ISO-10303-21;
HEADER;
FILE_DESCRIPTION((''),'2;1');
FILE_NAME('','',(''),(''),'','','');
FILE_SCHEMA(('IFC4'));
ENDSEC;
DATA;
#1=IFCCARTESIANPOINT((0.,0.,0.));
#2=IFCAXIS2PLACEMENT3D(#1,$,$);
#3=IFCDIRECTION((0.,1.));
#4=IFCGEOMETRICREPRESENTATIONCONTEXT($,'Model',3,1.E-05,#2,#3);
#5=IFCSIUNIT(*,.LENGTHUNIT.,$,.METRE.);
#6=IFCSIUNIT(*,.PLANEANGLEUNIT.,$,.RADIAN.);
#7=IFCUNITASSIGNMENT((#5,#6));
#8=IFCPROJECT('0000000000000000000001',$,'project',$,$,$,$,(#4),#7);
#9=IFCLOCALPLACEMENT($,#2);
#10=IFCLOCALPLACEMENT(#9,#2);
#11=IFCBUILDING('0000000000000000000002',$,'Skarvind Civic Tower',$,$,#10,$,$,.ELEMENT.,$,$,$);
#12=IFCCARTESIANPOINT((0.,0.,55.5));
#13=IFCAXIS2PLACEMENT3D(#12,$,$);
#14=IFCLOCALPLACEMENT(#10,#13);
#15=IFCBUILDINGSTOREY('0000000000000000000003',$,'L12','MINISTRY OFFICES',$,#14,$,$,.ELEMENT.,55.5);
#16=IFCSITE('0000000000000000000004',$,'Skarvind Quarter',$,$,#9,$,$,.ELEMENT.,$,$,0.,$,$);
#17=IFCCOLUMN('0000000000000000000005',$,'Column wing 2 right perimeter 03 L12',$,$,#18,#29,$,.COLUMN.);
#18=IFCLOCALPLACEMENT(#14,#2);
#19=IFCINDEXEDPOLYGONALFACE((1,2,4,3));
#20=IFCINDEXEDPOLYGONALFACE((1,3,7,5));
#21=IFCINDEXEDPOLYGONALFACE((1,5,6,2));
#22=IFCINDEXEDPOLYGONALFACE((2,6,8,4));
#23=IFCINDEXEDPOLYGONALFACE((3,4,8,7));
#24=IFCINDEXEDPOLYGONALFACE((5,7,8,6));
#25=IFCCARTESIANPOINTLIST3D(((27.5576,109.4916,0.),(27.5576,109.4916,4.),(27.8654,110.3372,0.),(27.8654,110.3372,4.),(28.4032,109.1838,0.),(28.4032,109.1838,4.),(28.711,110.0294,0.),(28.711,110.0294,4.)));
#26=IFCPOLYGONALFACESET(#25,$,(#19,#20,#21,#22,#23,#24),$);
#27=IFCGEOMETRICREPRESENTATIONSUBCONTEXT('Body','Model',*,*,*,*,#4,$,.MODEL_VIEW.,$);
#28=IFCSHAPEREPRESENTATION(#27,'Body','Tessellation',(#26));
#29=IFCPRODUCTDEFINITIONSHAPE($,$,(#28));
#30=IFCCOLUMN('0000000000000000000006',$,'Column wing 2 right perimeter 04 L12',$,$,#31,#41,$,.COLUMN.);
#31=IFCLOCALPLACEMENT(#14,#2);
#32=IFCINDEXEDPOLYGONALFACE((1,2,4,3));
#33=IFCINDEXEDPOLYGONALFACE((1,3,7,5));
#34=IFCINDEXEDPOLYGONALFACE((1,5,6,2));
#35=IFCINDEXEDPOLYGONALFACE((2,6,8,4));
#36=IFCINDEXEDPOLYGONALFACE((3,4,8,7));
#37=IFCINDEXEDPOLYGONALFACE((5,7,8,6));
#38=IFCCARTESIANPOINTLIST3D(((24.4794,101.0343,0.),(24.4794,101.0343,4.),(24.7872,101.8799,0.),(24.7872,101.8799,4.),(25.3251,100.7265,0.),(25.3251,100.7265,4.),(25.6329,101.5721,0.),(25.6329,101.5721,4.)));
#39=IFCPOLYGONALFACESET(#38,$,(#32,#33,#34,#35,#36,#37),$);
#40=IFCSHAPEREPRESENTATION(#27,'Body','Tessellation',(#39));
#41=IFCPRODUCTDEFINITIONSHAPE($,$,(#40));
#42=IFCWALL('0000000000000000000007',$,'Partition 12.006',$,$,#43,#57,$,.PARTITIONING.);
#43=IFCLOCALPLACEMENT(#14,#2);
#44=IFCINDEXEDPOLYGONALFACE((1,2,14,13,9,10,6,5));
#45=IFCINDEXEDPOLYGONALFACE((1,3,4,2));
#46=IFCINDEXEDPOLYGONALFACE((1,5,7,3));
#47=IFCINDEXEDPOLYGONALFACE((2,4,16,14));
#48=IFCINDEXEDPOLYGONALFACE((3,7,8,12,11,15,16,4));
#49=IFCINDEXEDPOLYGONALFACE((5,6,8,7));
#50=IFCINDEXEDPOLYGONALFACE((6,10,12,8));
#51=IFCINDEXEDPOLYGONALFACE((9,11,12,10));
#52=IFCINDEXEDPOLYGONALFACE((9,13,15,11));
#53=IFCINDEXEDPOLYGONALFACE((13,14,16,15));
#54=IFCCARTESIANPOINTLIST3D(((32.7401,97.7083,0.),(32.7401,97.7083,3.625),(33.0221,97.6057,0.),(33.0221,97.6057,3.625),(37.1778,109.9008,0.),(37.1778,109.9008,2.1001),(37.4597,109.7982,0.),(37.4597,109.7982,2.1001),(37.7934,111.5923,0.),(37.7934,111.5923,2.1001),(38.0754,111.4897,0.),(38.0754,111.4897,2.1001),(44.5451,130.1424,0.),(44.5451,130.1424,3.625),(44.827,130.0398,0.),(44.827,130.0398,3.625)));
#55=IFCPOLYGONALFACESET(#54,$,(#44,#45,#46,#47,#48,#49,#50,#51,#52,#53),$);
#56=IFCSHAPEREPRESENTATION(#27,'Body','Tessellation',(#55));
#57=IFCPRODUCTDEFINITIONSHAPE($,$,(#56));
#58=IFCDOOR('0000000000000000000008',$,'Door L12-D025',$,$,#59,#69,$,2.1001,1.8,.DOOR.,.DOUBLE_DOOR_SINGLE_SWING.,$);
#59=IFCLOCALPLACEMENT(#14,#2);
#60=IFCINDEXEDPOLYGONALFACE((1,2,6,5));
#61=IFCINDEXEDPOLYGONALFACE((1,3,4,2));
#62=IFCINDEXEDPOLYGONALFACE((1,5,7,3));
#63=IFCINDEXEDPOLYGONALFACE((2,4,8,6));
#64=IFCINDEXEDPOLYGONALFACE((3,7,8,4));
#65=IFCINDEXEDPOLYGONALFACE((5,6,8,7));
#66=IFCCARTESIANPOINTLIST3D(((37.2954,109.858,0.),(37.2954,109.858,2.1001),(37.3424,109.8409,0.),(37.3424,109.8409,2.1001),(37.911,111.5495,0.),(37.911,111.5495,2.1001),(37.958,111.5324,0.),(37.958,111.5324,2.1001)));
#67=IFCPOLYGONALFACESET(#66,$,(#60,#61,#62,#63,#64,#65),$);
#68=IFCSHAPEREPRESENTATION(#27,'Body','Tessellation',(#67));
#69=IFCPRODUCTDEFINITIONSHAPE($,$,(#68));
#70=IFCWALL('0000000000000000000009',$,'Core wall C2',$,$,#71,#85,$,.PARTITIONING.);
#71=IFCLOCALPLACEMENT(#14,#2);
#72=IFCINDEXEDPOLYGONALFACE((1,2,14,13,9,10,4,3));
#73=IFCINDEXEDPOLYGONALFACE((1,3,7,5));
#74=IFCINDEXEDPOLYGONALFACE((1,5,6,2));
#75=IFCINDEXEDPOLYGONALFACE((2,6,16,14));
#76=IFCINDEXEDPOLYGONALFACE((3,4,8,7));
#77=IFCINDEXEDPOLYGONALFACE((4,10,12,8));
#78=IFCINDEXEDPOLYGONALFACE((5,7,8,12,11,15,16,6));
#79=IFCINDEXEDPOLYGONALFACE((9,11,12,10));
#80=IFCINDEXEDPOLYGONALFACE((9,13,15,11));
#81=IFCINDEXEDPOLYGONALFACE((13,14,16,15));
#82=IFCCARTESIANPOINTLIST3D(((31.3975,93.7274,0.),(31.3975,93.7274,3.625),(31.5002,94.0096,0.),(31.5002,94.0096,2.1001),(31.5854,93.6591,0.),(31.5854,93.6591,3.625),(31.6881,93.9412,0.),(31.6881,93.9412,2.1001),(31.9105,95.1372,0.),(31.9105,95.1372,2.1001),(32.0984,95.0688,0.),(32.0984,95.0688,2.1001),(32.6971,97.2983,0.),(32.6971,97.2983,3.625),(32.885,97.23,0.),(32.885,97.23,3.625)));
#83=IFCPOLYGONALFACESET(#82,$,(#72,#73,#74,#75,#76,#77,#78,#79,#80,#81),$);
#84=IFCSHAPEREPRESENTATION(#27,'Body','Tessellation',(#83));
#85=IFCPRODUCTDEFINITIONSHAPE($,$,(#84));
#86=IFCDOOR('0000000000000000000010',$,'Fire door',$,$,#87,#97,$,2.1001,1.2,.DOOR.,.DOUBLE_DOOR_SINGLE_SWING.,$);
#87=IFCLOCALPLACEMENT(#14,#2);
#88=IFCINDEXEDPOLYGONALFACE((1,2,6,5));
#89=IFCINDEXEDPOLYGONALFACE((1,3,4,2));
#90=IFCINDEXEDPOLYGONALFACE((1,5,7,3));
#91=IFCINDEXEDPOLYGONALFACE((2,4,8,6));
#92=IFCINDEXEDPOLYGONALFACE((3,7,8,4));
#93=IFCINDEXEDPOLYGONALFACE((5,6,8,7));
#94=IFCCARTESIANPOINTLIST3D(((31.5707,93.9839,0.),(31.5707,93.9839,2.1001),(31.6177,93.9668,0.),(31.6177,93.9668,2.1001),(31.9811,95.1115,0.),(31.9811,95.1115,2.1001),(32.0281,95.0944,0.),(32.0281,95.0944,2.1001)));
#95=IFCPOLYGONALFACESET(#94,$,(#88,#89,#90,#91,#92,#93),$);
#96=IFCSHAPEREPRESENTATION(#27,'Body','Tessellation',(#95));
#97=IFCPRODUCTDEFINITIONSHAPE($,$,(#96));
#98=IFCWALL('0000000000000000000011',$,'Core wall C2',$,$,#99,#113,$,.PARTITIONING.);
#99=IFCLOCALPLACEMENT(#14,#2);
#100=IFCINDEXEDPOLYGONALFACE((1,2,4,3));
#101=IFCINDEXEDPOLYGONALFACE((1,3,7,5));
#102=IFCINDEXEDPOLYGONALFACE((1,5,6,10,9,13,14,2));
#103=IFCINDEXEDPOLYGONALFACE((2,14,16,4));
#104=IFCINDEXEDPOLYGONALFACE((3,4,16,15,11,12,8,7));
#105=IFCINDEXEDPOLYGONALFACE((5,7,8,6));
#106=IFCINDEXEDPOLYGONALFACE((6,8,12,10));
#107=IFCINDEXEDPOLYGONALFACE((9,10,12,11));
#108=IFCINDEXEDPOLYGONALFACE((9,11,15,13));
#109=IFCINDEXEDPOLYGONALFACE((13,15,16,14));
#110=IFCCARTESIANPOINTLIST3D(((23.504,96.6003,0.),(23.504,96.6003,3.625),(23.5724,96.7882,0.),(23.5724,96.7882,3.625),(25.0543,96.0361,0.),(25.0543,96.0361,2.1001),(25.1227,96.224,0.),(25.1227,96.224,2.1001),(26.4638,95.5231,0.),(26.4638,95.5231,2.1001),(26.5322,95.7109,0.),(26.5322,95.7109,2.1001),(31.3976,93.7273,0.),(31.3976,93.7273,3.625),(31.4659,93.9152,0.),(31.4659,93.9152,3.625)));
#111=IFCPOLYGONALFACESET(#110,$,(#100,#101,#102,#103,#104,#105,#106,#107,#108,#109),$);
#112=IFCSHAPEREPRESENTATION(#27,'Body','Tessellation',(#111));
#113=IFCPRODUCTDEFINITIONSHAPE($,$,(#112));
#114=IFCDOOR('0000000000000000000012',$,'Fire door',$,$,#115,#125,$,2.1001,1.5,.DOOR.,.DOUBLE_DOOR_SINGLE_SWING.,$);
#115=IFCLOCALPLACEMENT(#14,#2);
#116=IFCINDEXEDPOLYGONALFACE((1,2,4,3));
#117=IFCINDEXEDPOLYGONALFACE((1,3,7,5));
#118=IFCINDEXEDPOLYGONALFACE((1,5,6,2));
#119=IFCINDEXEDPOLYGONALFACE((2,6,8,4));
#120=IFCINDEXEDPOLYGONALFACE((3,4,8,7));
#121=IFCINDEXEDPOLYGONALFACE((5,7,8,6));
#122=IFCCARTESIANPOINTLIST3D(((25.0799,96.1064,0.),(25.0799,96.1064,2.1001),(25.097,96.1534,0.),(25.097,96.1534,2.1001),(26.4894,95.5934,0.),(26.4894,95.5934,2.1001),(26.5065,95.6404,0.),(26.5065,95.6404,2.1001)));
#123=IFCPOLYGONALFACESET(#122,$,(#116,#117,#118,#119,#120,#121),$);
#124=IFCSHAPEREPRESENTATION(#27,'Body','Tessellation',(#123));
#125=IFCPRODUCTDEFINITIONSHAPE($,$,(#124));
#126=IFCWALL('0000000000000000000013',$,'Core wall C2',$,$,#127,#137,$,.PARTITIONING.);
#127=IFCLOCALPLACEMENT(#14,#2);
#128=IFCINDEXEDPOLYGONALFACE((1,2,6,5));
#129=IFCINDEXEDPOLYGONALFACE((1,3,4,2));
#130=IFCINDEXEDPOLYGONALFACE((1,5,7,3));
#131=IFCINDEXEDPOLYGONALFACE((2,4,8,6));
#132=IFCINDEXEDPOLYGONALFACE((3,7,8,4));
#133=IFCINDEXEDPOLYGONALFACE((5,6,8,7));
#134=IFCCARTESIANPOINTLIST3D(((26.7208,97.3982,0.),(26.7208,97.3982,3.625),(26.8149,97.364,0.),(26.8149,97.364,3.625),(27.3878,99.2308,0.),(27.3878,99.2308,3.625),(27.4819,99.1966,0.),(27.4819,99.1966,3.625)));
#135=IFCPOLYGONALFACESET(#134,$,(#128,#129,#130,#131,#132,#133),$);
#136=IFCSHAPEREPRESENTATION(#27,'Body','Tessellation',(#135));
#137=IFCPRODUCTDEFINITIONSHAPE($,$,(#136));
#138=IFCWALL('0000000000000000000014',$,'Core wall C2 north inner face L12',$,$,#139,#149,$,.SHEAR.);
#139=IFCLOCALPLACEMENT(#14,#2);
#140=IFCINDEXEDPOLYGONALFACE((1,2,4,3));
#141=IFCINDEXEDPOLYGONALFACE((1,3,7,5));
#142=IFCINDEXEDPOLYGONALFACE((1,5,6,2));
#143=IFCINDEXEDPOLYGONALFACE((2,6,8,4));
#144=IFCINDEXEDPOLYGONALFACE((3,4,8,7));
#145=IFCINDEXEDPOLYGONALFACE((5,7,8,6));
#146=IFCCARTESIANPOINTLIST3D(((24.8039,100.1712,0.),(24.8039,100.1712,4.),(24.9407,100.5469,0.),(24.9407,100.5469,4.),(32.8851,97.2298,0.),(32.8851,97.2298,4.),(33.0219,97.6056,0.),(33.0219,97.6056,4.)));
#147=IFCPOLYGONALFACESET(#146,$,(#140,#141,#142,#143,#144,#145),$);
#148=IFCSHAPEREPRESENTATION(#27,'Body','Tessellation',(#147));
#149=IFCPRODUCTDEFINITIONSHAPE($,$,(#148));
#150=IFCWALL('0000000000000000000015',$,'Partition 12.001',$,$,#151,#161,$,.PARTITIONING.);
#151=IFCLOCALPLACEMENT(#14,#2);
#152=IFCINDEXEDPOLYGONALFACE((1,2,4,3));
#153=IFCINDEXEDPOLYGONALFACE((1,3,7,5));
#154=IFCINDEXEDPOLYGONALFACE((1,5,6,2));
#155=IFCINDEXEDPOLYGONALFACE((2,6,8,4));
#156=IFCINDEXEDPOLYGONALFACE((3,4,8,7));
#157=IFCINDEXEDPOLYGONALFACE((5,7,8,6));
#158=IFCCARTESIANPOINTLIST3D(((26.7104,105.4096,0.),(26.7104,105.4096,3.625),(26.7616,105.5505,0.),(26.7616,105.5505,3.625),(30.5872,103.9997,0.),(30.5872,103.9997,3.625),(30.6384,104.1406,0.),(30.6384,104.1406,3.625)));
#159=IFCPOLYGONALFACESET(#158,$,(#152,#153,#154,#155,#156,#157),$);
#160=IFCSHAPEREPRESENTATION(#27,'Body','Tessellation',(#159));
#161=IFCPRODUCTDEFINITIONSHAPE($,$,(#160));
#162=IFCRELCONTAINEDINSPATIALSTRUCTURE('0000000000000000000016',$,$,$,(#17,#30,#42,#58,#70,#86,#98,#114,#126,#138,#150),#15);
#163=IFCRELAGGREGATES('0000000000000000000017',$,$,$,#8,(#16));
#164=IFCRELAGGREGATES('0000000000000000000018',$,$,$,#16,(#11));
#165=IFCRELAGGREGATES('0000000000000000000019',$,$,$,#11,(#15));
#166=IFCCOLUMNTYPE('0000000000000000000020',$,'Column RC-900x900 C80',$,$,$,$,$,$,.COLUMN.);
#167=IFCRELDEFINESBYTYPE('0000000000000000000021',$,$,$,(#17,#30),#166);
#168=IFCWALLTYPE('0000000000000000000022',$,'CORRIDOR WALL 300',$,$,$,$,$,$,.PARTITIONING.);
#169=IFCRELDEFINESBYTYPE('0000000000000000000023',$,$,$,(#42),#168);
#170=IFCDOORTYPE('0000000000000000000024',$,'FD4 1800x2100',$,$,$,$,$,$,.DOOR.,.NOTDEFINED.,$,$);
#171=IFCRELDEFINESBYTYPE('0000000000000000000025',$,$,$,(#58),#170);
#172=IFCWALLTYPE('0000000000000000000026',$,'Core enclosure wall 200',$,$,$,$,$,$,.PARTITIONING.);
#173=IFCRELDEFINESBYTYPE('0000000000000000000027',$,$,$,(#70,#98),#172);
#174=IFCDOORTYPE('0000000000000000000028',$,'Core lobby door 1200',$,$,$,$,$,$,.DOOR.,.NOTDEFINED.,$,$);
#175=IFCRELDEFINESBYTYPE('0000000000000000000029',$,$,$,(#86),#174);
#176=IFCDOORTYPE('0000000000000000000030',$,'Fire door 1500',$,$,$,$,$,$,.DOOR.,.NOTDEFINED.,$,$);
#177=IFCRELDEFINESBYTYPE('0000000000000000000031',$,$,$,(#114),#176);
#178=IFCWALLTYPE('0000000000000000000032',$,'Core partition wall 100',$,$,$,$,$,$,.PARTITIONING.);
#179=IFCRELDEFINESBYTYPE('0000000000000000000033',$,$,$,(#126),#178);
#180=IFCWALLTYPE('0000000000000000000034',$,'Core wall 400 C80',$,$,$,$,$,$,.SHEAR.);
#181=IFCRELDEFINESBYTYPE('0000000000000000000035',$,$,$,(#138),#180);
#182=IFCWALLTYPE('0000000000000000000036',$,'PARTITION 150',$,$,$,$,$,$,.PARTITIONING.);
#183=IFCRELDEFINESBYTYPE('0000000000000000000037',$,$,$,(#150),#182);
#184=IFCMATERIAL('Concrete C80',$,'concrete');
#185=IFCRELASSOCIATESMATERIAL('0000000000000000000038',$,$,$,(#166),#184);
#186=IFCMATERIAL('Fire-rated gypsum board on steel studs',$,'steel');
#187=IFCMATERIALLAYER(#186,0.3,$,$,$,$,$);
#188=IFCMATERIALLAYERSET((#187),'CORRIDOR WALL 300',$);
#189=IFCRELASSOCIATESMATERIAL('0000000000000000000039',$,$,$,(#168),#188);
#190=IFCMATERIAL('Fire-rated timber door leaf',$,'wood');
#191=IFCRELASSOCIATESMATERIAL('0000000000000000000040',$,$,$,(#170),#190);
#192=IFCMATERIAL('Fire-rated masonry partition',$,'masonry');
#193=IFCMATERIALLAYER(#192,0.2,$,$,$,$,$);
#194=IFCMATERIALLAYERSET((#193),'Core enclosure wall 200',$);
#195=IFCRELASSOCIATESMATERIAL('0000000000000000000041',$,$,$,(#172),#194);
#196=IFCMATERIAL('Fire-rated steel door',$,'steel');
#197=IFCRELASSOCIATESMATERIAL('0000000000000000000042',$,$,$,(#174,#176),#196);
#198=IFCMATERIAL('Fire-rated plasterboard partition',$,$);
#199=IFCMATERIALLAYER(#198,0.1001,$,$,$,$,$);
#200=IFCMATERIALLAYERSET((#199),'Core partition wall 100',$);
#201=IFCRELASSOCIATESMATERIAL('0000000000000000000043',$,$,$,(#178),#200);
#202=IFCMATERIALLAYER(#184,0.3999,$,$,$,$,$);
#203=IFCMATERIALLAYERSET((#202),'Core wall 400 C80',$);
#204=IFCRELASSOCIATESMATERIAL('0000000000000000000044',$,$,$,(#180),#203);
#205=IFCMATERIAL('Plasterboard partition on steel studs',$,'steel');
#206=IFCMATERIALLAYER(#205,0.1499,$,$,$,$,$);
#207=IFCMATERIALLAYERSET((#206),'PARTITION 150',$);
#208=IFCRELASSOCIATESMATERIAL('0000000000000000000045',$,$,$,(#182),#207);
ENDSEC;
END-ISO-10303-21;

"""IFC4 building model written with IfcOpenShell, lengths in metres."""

from ifc_helpers import new_model, si_unit, direction, frame, frame_2d, origin, origin_2d, place, context, subcontext, project, spatial, rectangle, extrude, material, layer, layer_set, material_profile, profile_set, type_object, element, fill, save


model = new_model("IFC4")

# Units and contexts
model_context = context("Model", 3, precision=1e-05, world=origin(), true_north=direction((0.0, 1.0)))
body_context = subcontext(model_context, "Body", "Model", "MODEL_VIEW")
ifc_project = project(units=[si_unit("LENGTHUNIT", "METRE"), si_unit("PLANEANGLEUNIT", "RADIAN")], contexts=[model_context])

# Site, building, storey
site_placement = place(None, origin())
site = spatial("IfcSite", under=ifc_project, at=site_placement, Name="Skarvind Quarter", CompositionType="ELEMENT", RefElevation=0.0)
building_placement = place(site_placement, origin())
building = spatial("IfcBuilding", under=site, at=building_placement, Name="Skarvind Civic Tower", CompositionType="ELEMENT")
storey_placement = place(building_placement, frame((0.0, 0.0, 55.5)))
storey = spatial("IfcBuildingStorey", under=building, at=storey_placement, Name="L12", Description="MINISTRY OFFICES", CompositionType="ELEMENT", Elevation=55.5)

# Columns
ifc_material_1 = material(Name="Concrete C80", Category="concrete")
ifc_material_profile = material_profile(ifc_material_1, rectangle(XDim=0.8999, YDim=0.8999, at=origin_2d()), Name="RC-900x900")
ifc_profile_set = profile_set([ifc_material_profile], Name="Concrete C80")
column_type = type_object("IfcColumnType", Name="Column RC-900x900 C80", PredefinedType="COLUMN", material=ifc_profile_set)
for number, where, z_axis, x_axis, name in (
    (1, (28.1343, 109.7605, 0.0), (0.0, 0.0, 1.0), (-0.34202, -0.939693, 0.0), "Column wing 2 right perimeter 03 L12"),
    (2, (25.0562, 101.3032, 0.0), (0.0, 0.0, 1.0), (-0.34202, -0.939693, 0.0), "Column wing 2 right perimeter 04 L12"),
):
    element("IfcColumn", number, at=place(storey_placement, frame(where, z_axis=z_axis, x_axis=x_axis)), inside=storey, type_object=column_type, Name=name, PredefinedType="COLUMN", context=body_context, shape_type="SweptSolid", body=[
        extrude(rectangle(XDim=0.8999, YDim=0.8999, at=origin_2d()), origin(), (0.0, 0.0, 1.0), 4.0),
    ])

# Walls, openings, doors
ifc_material_2 = material(Name="Fire-rated gypsum board on steel studs", Category="steel")
ifc_layer_1 = layer(ifc_material_2, 0.3)
ifc_layer_set_1 = layer_set([ifc_layer_1], Name="CORRIDOR WALL 300")
wall_type_1 = type_object("IfcWallType", Name="CORRIDOR WALL 300", PredefinedType="PARTITIONING", material=ifc_layer_set_1)
wall_1_placement = place(storey_placement, frame((32.8811, 97.657, 0.0), z_axis=(0.0, 0.0, 1.0), x_axis=(0.342017, 0.939694, 0.0)))
wall_1 = element("IfcWall", 3, at=wall_1_placement, inside=storey, type_object=wall_type_1, Name="Partition 12.006", PredefinedType="PARTITIONING", context=body_context, shape_type="SweptSolid", body=[
    extrude(rectangle(XDim=34.5156, YDim=0.3, at=frame_2d((17.2578, 0.0))), origin(), (0.0, 0.0, 1.0), 3.625),
])
opening_1_placement = place(wall_1_placement, frame((12.9751, 0.0, 0.0)))
opening_1 = element("IfcOpeningElement", 4, at=opening_1_placement, cuts=wall_1, PredefinedType="OPENING", context=body_context, shape_type="SweptSolid", body=[
    extrude(rectangle(XDim=1.8, YDim=2.1001, at=frame_2d((0.8999, 1.05))), frame((0.0, 0.1599, 0.0), z_axis=(0.0, -1.0, 0.0), x_axis=(1.0, 0.0, 0.0)), (0.0, 0.0, 1.0), 0.3201),
])
ifc_material_3 = material(Name="Fire-rated timber door leaf", Category="wood")
door_type_1 = type_object("IfcDoorType", Name="FD4 1800x2100", OperationType="NOTDEFINED", PredefinedType="DOOR", material=ifc_material_3)
door_1_placement = place(opening_1_placement, origin())
door_1 = element("IfcDoor", 5, at=door_1_placement, inside=storey, type_object=door_type_1, Name="Door L12-D025", OperationType="DOUBLE_DOOR_SINGLE_SWING", OverallHeight=2.1001, OverallWidth=1.8, PredefinedType="DOOR", context=body_context, shape_type="SweptSolid", body=[
    extrude(rectangle(XDim=1.8, YDim=2.1001, at=frame_2d((0.8999, 1.05))), frame((0.0, 0.0249, 0.0), z_axis=(0.0, -1.0, 0.0), x_axis=(1.0, 0.0, 0.0)), (0.0, 0.0, 1.0), 0.05),
])
fill(opening_1, door_1)
ifc_material_4 = material(Name="Fire-rated masonry partition", Category="masonry")
ifc_layer_2 = layer(ifc_material_4, 0.2)
ifc_layer_set_2 = layer_set([ifc_layer_2], Name="Core enclosure wall 200")
wall_type_2 = type_object("IfcWallType", Name="Core enclosure wall 200", PredefinedType="PARTITIONING", material=ifc_layer_set_2)
wall_2_placement = place(storey_placement, frame((31.4915, 93.6934, 0.0), z_axis=(0.0, 0.0, 1.0), x_axis=(0.341996, 0.939701, 0.0)))
wall_2 = element("IfcWall", 6, at=wall_2_placement, inside=storey, type_object=wall_type_2, Name="Core wall C2", PredefinedType="PARTITIONING", context=body_context, shape_type="SweptSolid", body=[
    extrude(rectangle(XDim=3.8, YDim=0.2, at=frame_2d((1.8999, 0.0))), origin(), (0.0, 0.0, 1.0), 3.625),
])
opening_2_placement = place(wall_2_placement, frame((0.3, 0.0, 0.0)))
opening_2 = element("IfcOpeningElement", 7, at=opening_2_placement, cuts=wall_2, PredefinedType="OPENING", context=body_context, shape_type="SweptSolid", body=[
    extrude(rectangle(XDim=1.2, YDim=2.1001, at=frame_2d((0.6001, 1.05))), frame((0.0, 0.1099, 0.0), z_axis=(0.0, -1.0, 0.0), x_axis=(1.0, 0.0, 0.0)), (0.0, 0.0, 1.0), 0.22),
])
ifc_material_5 = material(Name="Fire-rated steel door", Category="steel")
door_type_2 = type_object("IfcDoorType", Name="Core lobby door 1200", OperationType="NOTDEFINED", PredefinedType="DOOR", material=ifc_material_5)
door_2_placement = place(opening_2_placement, origin())
door_2 = element("IfcDoor", 8, at=door_2_placement, inside=storey, type_object=door_type_2, Name="Fire door", OperationType="DOUBLE_DOOR_SINGLE_SWING", OverallHeight=2.1001, OverallWidth=1.2, PredefinedType="DOOR", context=body_context, shape_type="SweptSolid", body=[
    extrude(rectangle(XDim=1.2, YDim=2.1001, at=frame_2d((0.6001, 1.05))), frame((0.0, 0.0249, 0.0), z_axis=(0.0, -1.0, 0.0), x_axis=(1.0, 0.0, 0.0)), (0.0, 0.0, 1.0), 0.05),
])
fill(opening_2, door_2)
wall_3_placement = place(storey_placement, frame((23.5381, 96.6943, 0.0), z_axis=(0.0, 0.0, 1.0), x_axis=(0.939692, -0.342023, 0.0)))
wall_3 = element("IfcWall", 9, at=wall_3_placement, inside=storey, type_object=wall_type_2, Name="Core wall C2", PredefinedType="PARTITIONING", context=body_context, shape_type="SweptSolid", body=[
    extrude(rectangle(XDim=8.4001, YDim=0.2, at=frame_2d((4.2002, 0.0))), origin(), (0.0, 0.0, 1.0), 3.625),
])
opening_3_placement = place(wall_3_placement, frame((1.6499, 0.0, 0.0)))
opening_3 = element("IfcOpeningElement", 10, at=opening_3_placement, cuts=wall_3, PredefinedType="OPENING", context=body_context, shape_type="SweptSolid", body=[
    extrude(rectangle(XDim=1.5, YDim=2.1001, at=frame_2d((0.75, 1.05))), frame((0.0, 0.1099, 0.0), z_axis=(0.0, -1.0, 0.0), x_axis=(1.0, 0.0, 0.0)), (0.0, 0.0, 1.0), 0.22),
])
door_type_3 = type_object("IfcDoorType", Name="Fire door 1500", OperationType="NOTDEFINED", PredefinedType="DOOR", material=ifc_material_5)
door_3_placement = place(opening_3_placement, origin())
door_3 = element("IfcDoor", 11, at=door_3_placement, inside=storey, type_object=door_type_3, Name="Fire door", OperationType="DOUBLE_DOOR_SINGLE_SWING", OverallHeight=2.1001, OverallWidth=1.5, PredefinedType="DOOR", context=body_context, shape_type="SweptSolid", body=[
    extrude(rectangle(XDim=1.5, YDim=2.1001, at=frame_2d((0.75, 1.05))), frame((0.0, 0.0249, 0.0), z_axis=(0.0, -1.0, 0.0), x_axis=(1.0, 0.0, 0.0)), (0.0, 0.0, 1.0), 0.05),
])
fill(opening_3, door_3)

# Walls
ifc_material_6 = material(Name="Fire-rated plasterboard partition")
ifc_layer_3 = layer(ifc_material_6, 0.1001)
ifc_layer_set_3 = layer_set([ifc_layer_3], Name="Core partition wall 100")
wall_type_3 = type_object("IfcWallType", Name="Core partition wall 100", PredefinedType="PARTITIONING", material=ifc_layer_set_3)
wall_4_placement = place(storey_placement, frame((26.7678, 97.3811, 0.0), z_axis=(0.0, 0.0, 1.0), x_axis=(0.342025, 0.939691, 0.0)))
element("IfcWall", 12, at=wall_4_placement, inside=storey, type_object=wall_type_3, Name="Core wall C2", PredefinedType="PARTITIONING", context=body_context, shape_type="SweptSolid", body=[
    extrude(rectangle(XDim=1.9502, YDim=0.1001, at=frame_2d((0.9751, 0.0))), origin(), (0.0, 0.0, 1.0), 3.625),
])
ifc_layer_4 = layer(ifc_material_1, 0.3999)
ifc_layer_set_4 = layer_set([ifc_layer_4], Name="Core wall 400 C80")
wall_type_4 = type_object("IfcWallType", Name="Core wall 400 C80", PredefinedType="SHEAR", material=ifc_layer_set_4)
wall_5_placement = place(storey_placement, frame((32.9534, 97.4177, 0.0), z_axis=(0.0, 0.0, 1.0), x_axis=(-0.939691, 0.342026, 0.0)))
element("IfcWall", 13, at=wall_5_placement, inside=storey, type_object=wall_type_4, Name="Core wall C2 north inner face L12", PredefinedType="SHEAR", context=body_context, shape_type="SweptSolid", body=[
    extrude(rectangle(XDim=8.5999, YDim=0.3999, at=frame_2d((4.2998, 0.0))), origin(), (0.0, 0.0, 1.0), 4.0),
])
ifc_material_7 = material(Name="Plasterboard partition on steel studs", Category="steel")
ifc_layer_5 = layer(ifc_material_7, 0.1499)
ifc_layer_set_5 = layer_set([ifc_layer_5], Name="PARTITION 150")
wall_type_5 = type_object("IfcWallType", Name="PARTITION 150", PredefinedType="PARTITIONING", material=ifc_layer_set_5)
wall_6_placement = place(storey_placement, frame((26.7361, 105.48, 0.0), z_axis=(0.0, 0.0, 1.0), x_axis=(0.939785, -0.341767, 0.0)))
element("IfcWall", 14, at=wall_6_placement, inside=storey, type_object=wall_type_5, Name="Partition 12.001", PredefinedType="PARTITIONING", context=body_context, shape_type="SweptSolid", body=[
    extrude(rectangle(XDim=4.1252, YDim=0.1499, at=frame_2d((2.0625, 0.0))), origin(), (0.0, 0.0, 1.0), 3.625),
])

save(model, "model.ifc")
